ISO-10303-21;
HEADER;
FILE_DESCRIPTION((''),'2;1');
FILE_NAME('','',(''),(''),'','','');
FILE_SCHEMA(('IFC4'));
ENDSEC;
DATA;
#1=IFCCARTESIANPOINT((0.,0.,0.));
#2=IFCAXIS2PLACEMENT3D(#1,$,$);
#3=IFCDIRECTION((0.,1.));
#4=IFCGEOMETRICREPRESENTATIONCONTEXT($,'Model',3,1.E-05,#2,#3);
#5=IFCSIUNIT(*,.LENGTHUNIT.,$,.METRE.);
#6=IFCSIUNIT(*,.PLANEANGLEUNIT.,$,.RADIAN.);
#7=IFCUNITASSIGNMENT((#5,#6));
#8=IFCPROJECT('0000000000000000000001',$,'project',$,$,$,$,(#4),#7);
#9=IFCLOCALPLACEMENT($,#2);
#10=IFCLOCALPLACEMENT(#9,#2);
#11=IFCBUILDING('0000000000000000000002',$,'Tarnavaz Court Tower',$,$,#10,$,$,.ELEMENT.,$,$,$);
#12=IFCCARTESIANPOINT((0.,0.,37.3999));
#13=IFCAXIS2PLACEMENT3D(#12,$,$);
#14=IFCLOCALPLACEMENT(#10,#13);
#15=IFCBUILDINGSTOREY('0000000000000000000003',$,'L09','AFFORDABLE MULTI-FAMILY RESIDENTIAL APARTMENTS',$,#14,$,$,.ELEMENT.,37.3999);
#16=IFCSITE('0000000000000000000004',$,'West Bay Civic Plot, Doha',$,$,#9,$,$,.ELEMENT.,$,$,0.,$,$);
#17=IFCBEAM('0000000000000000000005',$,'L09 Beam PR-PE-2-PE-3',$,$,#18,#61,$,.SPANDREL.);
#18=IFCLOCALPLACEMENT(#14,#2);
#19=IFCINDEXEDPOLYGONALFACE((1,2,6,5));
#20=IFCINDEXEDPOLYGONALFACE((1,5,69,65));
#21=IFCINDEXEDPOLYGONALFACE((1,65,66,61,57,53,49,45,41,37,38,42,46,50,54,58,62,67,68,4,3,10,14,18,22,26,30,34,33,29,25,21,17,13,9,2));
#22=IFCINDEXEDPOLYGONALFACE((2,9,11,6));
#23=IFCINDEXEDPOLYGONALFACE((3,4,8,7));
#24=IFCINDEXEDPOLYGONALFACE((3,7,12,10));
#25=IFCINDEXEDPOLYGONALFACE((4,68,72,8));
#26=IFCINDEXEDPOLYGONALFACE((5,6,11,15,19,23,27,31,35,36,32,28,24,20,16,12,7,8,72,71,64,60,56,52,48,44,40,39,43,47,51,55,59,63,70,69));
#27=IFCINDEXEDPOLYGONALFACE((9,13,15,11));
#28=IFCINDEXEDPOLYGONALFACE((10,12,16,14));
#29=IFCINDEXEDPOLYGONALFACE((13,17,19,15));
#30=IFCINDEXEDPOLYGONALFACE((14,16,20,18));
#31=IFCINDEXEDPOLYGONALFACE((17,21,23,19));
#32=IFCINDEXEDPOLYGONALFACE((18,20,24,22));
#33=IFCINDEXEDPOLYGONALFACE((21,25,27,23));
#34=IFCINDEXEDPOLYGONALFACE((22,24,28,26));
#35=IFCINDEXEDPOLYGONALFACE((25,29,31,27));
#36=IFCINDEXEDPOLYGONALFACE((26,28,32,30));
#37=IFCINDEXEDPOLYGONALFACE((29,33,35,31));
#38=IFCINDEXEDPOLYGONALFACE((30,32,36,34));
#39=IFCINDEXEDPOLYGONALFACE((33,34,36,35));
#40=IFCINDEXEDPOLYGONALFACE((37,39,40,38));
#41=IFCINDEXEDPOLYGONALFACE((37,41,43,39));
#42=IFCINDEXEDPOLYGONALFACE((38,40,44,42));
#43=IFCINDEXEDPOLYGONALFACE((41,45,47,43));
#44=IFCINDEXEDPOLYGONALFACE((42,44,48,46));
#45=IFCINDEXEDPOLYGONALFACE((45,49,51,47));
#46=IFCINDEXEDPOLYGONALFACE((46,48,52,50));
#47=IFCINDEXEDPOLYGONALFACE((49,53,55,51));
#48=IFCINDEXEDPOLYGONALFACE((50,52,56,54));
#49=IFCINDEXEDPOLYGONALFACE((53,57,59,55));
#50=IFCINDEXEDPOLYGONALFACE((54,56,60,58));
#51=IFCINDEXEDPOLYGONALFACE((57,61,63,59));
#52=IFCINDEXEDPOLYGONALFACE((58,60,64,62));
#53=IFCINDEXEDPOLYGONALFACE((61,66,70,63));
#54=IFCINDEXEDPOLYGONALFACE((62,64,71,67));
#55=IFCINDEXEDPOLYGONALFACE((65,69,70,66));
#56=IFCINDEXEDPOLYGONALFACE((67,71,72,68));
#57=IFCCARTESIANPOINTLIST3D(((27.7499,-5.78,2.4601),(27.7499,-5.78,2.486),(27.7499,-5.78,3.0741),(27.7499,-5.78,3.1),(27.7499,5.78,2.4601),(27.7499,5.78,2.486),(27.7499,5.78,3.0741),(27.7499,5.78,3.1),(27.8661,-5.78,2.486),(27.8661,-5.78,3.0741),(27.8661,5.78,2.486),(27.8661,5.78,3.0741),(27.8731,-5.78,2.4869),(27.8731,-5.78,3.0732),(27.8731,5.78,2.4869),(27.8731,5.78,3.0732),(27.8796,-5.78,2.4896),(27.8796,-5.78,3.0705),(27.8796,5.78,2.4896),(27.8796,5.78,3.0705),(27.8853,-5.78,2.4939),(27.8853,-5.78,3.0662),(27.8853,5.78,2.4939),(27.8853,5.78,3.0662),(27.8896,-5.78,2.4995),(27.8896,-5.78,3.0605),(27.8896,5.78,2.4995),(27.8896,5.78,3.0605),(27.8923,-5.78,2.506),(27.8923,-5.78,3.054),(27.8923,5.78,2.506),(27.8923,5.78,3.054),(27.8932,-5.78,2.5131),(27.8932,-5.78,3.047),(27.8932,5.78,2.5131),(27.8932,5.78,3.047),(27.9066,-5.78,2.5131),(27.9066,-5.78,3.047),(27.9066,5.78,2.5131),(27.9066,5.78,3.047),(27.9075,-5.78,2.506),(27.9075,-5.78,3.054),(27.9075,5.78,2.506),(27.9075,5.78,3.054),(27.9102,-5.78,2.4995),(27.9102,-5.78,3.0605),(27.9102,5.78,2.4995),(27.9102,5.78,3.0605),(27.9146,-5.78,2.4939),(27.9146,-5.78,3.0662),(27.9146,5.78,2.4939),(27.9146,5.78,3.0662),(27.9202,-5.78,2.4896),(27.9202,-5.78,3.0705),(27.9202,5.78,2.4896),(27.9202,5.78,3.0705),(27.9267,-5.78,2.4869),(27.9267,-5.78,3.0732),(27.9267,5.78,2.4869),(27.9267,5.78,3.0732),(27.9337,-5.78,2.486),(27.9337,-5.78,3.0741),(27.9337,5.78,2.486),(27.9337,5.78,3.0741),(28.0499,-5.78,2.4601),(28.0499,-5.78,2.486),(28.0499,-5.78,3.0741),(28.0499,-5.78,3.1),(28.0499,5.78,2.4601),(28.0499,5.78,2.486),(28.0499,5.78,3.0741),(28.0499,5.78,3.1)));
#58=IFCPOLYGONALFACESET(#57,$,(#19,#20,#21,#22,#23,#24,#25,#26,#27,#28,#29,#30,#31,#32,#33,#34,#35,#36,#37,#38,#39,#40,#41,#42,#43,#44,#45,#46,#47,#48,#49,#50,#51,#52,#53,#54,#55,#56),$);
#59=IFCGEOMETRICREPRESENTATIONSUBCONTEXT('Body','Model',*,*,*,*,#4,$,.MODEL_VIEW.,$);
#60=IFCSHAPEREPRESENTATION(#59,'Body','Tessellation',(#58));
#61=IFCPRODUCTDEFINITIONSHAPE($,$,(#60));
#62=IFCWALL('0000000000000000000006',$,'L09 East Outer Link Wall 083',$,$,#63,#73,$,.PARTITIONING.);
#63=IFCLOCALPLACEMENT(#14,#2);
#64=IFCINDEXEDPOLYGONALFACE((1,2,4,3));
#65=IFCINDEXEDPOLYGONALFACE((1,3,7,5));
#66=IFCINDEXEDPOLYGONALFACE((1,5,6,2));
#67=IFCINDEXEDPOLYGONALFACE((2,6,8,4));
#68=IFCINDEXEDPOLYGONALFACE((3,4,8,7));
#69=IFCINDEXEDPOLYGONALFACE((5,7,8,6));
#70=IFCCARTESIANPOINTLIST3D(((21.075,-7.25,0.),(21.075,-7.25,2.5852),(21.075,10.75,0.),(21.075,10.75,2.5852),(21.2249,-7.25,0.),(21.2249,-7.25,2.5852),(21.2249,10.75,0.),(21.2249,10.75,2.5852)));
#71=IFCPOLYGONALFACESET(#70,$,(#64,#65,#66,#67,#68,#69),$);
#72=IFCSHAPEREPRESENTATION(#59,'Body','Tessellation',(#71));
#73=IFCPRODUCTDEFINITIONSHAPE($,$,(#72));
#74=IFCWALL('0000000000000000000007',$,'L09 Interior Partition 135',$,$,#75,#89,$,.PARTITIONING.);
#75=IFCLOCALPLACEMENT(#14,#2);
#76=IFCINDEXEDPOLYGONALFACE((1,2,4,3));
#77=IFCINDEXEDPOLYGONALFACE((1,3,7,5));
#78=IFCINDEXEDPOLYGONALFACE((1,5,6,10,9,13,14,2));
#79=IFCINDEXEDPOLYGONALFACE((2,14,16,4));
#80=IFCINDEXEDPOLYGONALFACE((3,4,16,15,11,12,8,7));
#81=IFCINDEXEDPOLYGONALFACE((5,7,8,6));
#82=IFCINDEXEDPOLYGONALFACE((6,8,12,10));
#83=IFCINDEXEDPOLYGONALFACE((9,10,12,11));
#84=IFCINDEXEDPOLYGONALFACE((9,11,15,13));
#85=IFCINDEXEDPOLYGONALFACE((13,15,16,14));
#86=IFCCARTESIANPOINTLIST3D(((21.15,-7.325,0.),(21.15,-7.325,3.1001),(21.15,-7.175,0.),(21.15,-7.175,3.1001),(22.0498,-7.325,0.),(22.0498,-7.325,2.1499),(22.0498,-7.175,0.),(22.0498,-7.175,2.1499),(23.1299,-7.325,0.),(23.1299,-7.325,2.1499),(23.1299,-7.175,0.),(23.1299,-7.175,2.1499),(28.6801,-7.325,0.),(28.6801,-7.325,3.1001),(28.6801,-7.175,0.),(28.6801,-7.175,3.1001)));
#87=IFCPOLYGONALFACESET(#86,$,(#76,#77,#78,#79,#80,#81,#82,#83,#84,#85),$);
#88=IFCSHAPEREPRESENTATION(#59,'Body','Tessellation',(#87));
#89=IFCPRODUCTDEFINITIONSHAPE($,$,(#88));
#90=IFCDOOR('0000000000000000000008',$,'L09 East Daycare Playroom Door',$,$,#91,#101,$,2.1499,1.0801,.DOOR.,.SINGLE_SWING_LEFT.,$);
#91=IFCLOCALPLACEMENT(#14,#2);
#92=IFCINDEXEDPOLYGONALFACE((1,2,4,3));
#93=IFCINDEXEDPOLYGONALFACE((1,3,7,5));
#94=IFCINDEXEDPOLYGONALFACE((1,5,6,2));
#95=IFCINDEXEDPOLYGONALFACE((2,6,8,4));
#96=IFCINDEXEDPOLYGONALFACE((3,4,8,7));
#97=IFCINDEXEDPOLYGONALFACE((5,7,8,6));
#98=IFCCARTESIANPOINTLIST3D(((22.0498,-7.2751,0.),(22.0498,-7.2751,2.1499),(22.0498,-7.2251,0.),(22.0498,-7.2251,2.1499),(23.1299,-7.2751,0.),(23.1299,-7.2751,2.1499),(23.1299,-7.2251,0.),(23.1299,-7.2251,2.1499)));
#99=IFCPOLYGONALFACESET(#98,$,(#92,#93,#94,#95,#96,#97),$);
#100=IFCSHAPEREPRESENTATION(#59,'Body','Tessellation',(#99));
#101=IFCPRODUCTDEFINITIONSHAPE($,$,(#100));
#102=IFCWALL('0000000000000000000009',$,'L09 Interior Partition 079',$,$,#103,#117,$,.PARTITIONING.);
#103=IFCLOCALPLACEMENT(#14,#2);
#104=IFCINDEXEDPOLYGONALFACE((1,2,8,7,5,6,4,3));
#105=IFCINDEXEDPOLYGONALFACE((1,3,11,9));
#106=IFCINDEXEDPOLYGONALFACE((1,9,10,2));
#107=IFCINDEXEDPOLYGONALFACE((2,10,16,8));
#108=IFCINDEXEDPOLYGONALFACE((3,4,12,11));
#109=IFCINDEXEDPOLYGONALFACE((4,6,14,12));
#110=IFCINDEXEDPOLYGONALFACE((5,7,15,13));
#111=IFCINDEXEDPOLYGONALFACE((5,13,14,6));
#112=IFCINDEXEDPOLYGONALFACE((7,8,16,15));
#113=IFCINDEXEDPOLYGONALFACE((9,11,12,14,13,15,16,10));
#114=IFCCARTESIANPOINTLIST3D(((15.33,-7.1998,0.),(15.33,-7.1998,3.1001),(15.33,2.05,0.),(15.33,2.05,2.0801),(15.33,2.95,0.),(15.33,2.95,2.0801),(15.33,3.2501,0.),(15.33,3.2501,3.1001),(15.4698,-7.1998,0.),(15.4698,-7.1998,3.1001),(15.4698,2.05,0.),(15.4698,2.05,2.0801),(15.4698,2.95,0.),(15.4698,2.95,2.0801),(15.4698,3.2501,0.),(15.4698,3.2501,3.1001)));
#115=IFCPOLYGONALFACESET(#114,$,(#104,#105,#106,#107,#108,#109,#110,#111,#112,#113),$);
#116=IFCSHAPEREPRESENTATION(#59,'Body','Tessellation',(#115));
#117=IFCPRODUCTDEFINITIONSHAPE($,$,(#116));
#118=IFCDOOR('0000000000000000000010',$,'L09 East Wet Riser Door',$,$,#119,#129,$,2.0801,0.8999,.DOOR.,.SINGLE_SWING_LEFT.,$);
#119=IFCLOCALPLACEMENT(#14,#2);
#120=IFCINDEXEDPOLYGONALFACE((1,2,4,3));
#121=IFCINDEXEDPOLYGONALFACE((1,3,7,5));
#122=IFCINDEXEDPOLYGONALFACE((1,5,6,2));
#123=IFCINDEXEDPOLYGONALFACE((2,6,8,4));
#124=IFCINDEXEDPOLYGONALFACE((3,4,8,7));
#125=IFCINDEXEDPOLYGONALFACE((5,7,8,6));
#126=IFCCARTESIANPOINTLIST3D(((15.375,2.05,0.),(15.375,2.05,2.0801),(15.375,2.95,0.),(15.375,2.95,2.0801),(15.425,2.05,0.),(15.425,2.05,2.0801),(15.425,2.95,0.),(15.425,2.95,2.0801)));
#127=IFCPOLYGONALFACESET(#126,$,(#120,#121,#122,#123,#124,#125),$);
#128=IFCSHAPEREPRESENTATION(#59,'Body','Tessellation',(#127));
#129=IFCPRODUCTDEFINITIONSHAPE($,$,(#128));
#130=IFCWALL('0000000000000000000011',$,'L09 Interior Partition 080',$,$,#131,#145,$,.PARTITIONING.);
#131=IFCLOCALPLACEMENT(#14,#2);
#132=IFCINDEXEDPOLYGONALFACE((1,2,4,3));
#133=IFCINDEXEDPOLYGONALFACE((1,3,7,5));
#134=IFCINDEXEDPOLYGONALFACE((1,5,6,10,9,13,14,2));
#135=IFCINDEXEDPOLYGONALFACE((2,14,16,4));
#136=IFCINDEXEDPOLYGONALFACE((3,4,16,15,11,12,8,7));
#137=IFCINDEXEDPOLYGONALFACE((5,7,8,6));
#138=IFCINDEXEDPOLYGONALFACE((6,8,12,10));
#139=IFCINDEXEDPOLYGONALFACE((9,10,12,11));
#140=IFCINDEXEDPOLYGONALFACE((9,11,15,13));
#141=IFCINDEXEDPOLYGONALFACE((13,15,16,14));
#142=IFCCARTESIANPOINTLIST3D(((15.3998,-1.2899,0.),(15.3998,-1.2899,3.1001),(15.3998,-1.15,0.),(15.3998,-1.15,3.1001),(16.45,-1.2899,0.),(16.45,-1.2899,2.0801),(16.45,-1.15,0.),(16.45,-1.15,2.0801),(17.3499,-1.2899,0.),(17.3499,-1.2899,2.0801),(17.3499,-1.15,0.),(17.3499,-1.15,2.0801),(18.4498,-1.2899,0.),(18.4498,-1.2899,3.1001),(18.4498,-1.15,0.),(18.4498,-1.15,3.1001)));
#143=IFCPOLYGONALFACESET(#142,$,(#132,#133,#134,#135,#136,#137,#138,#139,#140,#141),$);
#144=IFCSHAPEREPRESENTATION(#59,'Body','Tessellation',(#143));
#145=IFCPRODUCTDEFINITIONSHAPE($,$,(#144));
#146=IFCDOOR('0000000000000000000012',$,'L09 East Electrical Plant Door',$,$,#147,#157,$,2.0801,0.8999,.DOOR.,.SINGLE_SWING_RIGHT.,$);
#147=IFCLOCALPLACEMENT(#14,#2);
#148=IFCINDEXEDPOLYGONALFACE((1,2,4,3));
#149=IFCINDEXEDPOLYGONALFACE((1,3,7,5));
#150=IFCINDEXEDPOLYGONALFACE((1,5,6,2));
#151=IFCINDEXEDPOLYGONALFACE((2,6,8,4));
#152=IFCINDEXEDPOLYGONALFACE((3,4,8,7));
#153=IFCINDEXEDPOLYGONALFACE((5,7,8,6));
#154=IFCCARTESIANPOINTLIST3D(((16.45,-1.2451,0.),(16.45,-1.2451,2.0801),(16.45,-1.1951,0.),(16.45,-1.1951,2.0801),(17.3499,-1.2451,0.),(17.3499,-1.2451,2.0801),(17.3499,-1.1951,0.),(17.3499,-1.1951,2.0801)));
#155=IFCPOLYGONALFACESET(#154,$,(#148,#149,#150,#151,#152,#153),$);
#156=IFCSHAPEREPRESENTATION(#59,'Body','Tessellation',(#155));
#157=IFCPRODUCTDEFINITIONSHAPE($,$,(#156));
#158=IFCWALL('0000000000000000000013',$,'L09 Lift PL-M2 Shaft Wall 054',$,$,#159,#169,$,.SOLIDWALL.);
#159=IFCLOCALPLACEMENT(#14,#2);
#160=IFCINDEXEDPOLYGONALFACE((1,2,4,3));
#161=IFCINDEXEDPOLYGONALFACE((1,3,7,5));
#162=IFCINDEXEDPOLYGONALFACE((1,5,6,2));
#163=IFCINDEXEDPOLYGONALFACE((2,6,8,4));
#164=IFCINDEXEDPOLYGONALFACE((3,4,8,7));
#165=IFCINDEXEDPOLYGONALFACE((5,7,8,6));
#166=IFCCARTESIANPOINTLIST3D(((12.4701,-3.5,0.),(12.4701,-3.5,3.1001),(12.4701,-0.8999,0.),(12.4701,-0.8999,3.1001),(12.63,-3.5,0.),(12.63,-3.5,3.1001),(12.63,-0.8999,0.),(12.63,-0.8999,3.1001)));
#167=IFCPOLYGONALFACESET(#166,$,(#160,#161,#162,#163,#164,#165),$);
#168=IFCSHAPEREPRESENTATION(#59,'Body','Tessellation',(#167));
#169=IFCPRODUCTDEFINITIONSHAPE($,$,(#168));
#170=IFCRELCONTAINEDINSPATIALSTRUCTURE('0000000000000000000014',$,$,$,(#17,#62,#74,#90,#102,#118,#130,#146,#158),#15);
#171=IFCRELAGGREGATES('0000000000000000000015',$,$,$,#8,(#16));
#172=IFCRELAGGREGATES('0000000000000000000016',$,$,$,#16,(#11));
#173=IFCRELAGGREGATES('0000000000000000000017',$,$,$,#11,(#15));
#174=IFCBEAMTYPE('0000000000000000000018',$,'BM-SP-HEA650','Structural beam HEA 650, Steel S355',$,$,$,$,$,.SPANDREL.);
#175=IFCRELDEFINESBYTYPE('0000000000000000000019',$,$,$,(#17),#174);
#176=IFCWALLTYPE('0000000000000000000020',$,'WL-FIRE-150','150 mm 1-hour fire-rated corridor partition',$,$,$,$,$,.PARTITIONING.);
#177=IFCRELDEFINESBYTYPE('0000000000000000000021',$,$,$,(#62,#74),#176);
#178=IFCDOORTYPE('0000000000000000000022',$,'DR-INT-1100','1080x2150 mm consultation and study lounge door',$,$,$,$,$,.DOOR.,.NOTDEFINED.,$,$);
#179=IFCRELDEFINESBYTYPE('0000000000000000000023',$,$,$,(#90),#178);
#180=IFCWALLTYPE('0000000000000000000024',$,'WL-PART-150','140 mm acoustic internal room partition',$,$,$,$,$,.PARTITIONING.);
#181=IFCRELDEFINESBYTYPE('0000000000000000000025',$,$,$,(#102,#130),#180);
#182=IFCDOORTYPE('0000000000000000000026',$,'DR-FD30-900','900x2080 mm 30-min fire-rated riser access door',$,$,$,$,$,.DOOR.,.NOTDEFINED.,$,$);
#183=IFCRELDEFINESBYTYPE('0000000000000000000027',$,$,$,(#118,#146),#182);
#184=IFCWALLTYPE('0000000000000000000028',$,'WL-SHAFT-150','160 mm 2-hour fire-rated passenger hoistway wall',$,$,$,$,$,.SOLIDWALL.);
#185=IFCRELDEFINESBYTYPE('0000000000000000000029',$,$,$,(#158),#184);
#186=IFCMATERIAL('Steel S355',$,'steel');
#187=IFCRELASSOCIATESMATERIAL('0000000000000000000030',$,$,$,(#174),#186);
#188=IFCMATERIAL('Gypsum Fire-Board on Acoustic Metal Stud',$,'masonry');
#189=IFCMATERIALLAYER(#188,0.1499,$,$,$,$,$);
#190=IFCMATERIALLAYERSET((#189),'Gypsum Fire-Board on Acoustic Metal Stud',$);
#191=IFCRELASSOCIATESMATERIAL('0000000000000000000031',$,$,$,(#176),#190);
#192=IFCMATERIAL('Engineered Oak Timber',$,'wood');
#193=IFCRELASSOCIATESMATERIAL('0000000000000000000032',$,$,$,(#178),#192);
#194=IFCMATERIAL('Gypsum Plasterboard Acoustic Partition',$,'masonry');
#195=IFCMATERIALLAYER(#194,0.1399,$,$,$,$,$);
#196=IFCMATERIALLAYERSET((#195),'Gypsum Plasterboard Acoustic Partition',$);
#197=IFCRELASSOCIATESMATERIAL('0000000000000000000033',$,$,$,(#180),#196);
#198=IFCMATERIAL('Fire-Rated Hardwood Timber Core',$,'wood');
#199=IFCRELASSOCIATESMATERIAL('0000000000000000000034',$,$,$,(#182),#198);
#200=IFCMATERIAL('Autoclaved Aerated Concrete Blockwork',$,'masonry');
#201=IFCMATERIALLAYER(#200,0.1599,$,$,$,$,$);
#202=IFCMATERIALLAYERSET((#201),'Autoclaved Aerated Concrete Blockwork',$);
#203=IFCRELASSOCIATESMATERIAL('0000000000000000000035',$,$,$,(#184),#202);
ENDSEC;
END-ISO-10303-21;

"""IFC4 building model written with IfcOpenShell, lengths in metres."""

from ifc_helpers import new_model, si_unit, direction, frame, frame_2d, origin, origin_2d, place, context, subcontext, project, spatial, rectangle, i_section, extrude, material, layer, layer_set, material_profile, profile_set, type_object, element, fill, save


model = new_model("IFC4")

# Units and contexts
model_context = context("Model", 3, precision=1e-05, world=origin(), true_north=direction((0.0, 1.0)))
body_context = subcontext(model_context, "Body", "Model", "MODEL_VIEW")
ifc_project = project(units=[si_unit("LENGTHUNIT", "METRE"), si_unit("PLANEANGLEUNIT", "RADIAN")], contexts=[model_context])

# Site, building, storey
site_placement = place(None, origin())
site = spatial("IfcSite", under=ifc_project, at=site_placement, Name="West Bay Civic Plot, Doha", CompositionType="ELEMENT", RefElevation=0.0)
building_placement = place(site_placement, origin())
building = spatial("IfcBuilding", under=site, at=building_placement, Name="Tarnavaz Court Tower", CompositionType="ELEMENT")
storey_placement = place(building_placement, frame((0.0, 0.0, 37.3999)))
storey = spatial("IfcBuildingStorey", under=building, at=storey_placement, Name="L09", Description="AFFORDABLE MULTI-FAMILY RESIDENTIAL APARTMENTS", CompositionType="ELEMENT", Elevation=37.3999)

# Beam
ifc_material_1 = material(Name="Steel S355", Category="steel")
ifc_material_profile_1 = material_profile(ifc_material_1, i_section(OverallWidth=0.3, OverallDepth=0.6399, WebThickness=0.0134, FlangeThickness=0.0259, FilletRadius=0.0271, at=origin_2d()), Name="HEA 650")
ifc_profile_set_1 = profile_set([ifc_material_profile_1], Name="Steel S355")
beam_type_1 = type_object("IfcBeamType", Name="BM-SP-HEA650", Description="Structural beam HEA 650, Steel S355", PredefinedType="SPANDREL", material=ifc_profile_set_1)
beam_1_placement = place(storey_placement, frame((27.8999, -5.78, 2.78), z_axis=(0.0, 1.0, 0.0), x_axis=(-1.0, 0.0, 0.0)))
element("IfcBeam", 1, at=beam_1_placement, inside=storey, type_object=beam_type_1, Name="L09 Beam PR-PE-2-PE-3", PredefinedType="SPANDREL", context=body_context, shape_type="SweptSolid", body=[
    extrude(i_section(OverallWidth=0.3, OverallDepth=0.6399, WebThickness=0.0134, FlangeThickness=0.0259, FilletRadius=0.0271, at=origin_2d()), origin(), (0.0, 0.0, 1.0), 11.5601),
])

# Wall
ifc_material_2 = material(Name="Gypsum Fire-Board on Acoustic Metal Stud", Category="masonry")
ifc_layer_1 = layer(ifc_material_2, 0.1499)
ifc_layer_set_1 = layer_set([ifc_layer_1], Name="Gypsum Fire-Board on Acoustic Metal Stud")
wall_type_1 = type_object("IfcWallType", Name="WL-FIRE-150", Description="150 mm 1-hour fire-rated corridor partition", PredefinedType="PARTITIONING", material=ifc_layer_set_1)
wall_1_placement = place(storey_placement, frame((21.1499, -7.25, 0.0), z_axis=(0.0, 0.0, 1.0), x_axis=(0.0, 1.0, 0.0)))
element("IfcWall", 2, at=wall_1_placement, inside=storey, type_object=wall_type_1, Name="L09 East Outer Link Wall 083", PredefinedType="PARTITIONING", context=body_context, shape_type="SweptSolid", body=[
    extrude(rectangle(XDim=18.0, YDim=0.1499, at=frame_2d((9.0, 0.0))), origin(), (0.0, 0.0, 1.0), 2.5852),
])

# Walls, openings, doors
wall_2_placement = place(storey_placement, frame((21.1499, -7.25, 0.0), z_axis=(0.0, 0.0, 1.0), x_axis=(1.0, 0.0, 0.0)))
wall_2 = element("IfcWall", 3, at=wall_2_placement, inside=storey, type_object=wall_type_1, Name="L09 Interior Partition 135", PredefinedType="PARTITIONING", context=body_context, shape_type="SweptSolid", body=[
    extrude(rectangle(XDim=7.53, YDim=0.1499, at=frame_2d((3.7651, 0.0))), origin(), (0.0, 0.0, 1.0), 3.1001),
])
opening_1_placement = place(wall_2_placement, frame((0.8999, 0.0, 0.0)))
opening_1 = element("IfcOpeningElement", 4, at=opening_1_placement, cuts=wall_2, PredefinedType="OPENING", context=body_context, shape_type="SweptSolid", body=[
    extrude(rectangle(XDim=1.0801, YDim=2.1499, at=frame_2d((0.54, 1.075))), frame((0.0, 0.085, 0.0), z_axis=(0.0, -1.0, 0.0), x_axis=(1.0, 0.0, 0.0)), (0.0, 0.0, 1.0), 0.1699),
])
ifc_material_3 = material(Name="Engineered Oak Timber", Category="wood")
door_type_1 = type_object("IfcDoorType", Name="DR-INT-1100", Description="1080x2150 mm consultation and study lounge door", OperationType="NOTDEFINED", PredefinedType="DOOR", material=ifc_material_3)
door_1_placement = place(opening_1_placement, origin())
door_1 = element("IfcDoor", 5, at=door_1_placement, inside=storey, type_object=door_type_1, Name="L09 East Daycare Playroom Door", OperationType="SINGLE_SWING_LEFT", OverallHeight=2.1499, OverallWidth=1.0801, PredefinedType="DOOR", context=body_context, shape_type="SweptSolid", body=[
    extrude(rectangle(XDim=1.0801, YDim=2.1499, at=frame_2d((0.54, 1.075))), frame((0.0, 0.0249, 0.0), z_axis=(0.0, -1.0, 0.0), x_axis=(1.0, 0.0, 0.0)), (0.0, 0.0, 1.0), 0.05),
])
fill(opening_1, door_1)
ifc_material_4 = material(Name="Gypsum Plasterboard Acoustic Partition", Category="masonry")
ifc_layer_2 = layer(ifc_material_4, 0.1399)
ifc_layer_set_2 = layer_set([ifc_layer_2], Name="Gypsum Plasterboard Acoustic Partition")
wall_type_2 = type_object("IfcWallType", Name="WL-PART-150", Description="140 mm acoustic internal room partition", PredefinedType="PARTITIONING", material=ifc_layer_set_2)
wall_3_placement = place(storey_placement, frame((15.3999, -7.2, 0.0), z_axis=(0.0, 0.0, 1.0), x_axis=(0.0, 1.0, 0.0)))
wall_3 = element("IfcWall", 6, at=wall_3_placement, inside=storey, type_object=wall_type_2, Name="L09 Interior Partition 079", PredefinedType="PARTITIONING", context=body_context, shape_type="SweptSolid", body=[
    extrude(rectangle(XDim=10.45, YDim=0.1399, at=frame_2d((5.2251, 0.0))), origin(), (0.0, 0.0, 1.0), 3.1001),
])
opening_2_placement = place(wall_3_placement, frame((9.25, 0.0, 0.0)))
opening_2 = element("IfcOpeningElement", 7, at=opening_2_placement, cuts=wall_3, PredefinedType="OPENING", context=body_context, shape_type="SweptSolid", body=[
    extrude(rectangle(XDim=0.8999, YDim=2.0801, at=frame_2d((0.45, 1.04))), frame((0.0, 0.0798, 0.0), z_axis=(0.0, -1.0, 0.0), x_axis=(1.0, 0.0, 0.0)), (0.0, 0.0, 1.0), 0.1599),
])
ifc_material_5 = material(Name="Fire-Rated Hardwood Timber Core", Category="wood")
door_type_2 = type_object("IfcDoorType", Name="DR-FD30-900", Description="900x2080 mm 30-min fire-rated riser access door", OperationType="NOTDEFINED", PredefinedType="DOOR", material=ifc_material_5)
door_2_placement = place(opening_2_placement, origin())
door_2 = element("IfcDoor", 8, at=door_2_placement, inside=storey, type_object=door_type_2, Name="L09 East Wet Riser Door", OperationType="SINGLE_SWING_LEFT", OverallHeight=2.0801, OverallWidth=0.8999, PredefinedType="DOOR", context=body_context, shape_type="SweptSolid", body=[
    extrude(rectangle(XDim=0.8999, YDim=2.0801, at=frame_2d((0.45, 1.04))), frame((0.0, 0.0249, 0.0), z_axis=(0.0, -1.0, 0.0), x_axis=(1.0, 0.0, 0.0)), (0.0, 0.0, 1.0), 0.05),
])
fill(opening_2, door_2)
wall_4_placement = place(storey_placement, frame((15.3999, -1.22, 0.0), z_axis=(0.0, 0.0, 1.0), x_axis=(1.0, 0.0, 0.0)))
wall_4 = element("IfcWall", 9, at=wall_4_placement, inside=storey, type_object=wall_type_2, Name="L09 Interior Partition 080", PredefinedType="PARTITIONING", context=body_context, shape_type="SweptSolid", body=[
    extrude(rectangle(XDim=3.05, YDim=0.1399, at=frame_2d((1.5249, 0.0))), origin(), (0.0, 0.0, 1.0), 3.1001),
])
opening_3_placement = place(wall_4_placement, frame((1.05, 0.0, 0.0)))
opening_3 = element("IfcOpeningElement", 10, at=opening_3_placement, cuts=wall_4, PredefinedType="OPENING", context=body_context, shape_type="SweptSolid", body=[
    extrude(rectangle(XDim=0.8999, YDim=2.0801, at=frame_2d((0.45, 1.04))), frame((0.0, 0.0798, 0.0), z_axis=(0.0, -1.0, 0.0), x_axis=(1.0, 0.0, 0.0)), (0.0, 0.0, 1.0), 0.1599),
])
door_3_placement = place(opening_3_placement, origin())
door_3 = element("IfcDoor", 11, at=door_3_placement, inside=storey, type_object=door_type_2, Name="L09 East Electrical Plant Door", OperationType="SINGLE_SWING_RIGHT", OverallHeight=2.0801, OverallWidth=0.8999, PredefinedType="DOOR", context=body_context, shape_type="SweptSolid", body=[
    extrude(rectangle(XDim=0.8999, YDim=2.0801, at=frame_2d((0.45, 1.04))), frame((0.0, 0.0249, 0.0), z_axis=(0.0, -1.0, 0.0), x_axis=(1.0, 0.0, 0.0)), (0.0, 0.0, 1.0), 0.05),
])
fill(opening_3, door_3)

# Wall
ifc_material_6 = material(Name="Autoclaved Aerated Concrete Blockwork", Category="masonry")
ifc_layer_3 = layer(ifc_material_6, 0.1599)
ifc_layer_set_3 = layer_set([ifc_layer_3], Name="Autoclaved Aerated Concrete Blockwork")
wall_type_3 = type_object("IfcWallType", Name="WL-SHAFT-150", Description="160 mm 2-hour fire-rated passenger hoistway wall", PredefinedType="SOLIDWALL", material=ifc_layer_set_3)
wall_5_placement = place(storey_placement, frame((12.55, -3.5, 0.0), z_axis=(0.0, 0.0, 1.0), x_axis=(0.0, 1.0, 0.0)))
element("IfcWall", 12, at=wall_5_placement, inside=storey, type_object=wall_type_3, Name="L09 Lift PL-M2 Shaft Wall 054", PredefinedType="SOLIDWALL", context=body_context, shape_type="SweptSolid", body=[
    extrude(rectangle(XDim=2.6001, YDim=0.1599, at=frame_2d((1.3, 0.0))), origin(), (0.0, 0.0, 1.0), 3.1001),
])

save(model, "model.ifc")
